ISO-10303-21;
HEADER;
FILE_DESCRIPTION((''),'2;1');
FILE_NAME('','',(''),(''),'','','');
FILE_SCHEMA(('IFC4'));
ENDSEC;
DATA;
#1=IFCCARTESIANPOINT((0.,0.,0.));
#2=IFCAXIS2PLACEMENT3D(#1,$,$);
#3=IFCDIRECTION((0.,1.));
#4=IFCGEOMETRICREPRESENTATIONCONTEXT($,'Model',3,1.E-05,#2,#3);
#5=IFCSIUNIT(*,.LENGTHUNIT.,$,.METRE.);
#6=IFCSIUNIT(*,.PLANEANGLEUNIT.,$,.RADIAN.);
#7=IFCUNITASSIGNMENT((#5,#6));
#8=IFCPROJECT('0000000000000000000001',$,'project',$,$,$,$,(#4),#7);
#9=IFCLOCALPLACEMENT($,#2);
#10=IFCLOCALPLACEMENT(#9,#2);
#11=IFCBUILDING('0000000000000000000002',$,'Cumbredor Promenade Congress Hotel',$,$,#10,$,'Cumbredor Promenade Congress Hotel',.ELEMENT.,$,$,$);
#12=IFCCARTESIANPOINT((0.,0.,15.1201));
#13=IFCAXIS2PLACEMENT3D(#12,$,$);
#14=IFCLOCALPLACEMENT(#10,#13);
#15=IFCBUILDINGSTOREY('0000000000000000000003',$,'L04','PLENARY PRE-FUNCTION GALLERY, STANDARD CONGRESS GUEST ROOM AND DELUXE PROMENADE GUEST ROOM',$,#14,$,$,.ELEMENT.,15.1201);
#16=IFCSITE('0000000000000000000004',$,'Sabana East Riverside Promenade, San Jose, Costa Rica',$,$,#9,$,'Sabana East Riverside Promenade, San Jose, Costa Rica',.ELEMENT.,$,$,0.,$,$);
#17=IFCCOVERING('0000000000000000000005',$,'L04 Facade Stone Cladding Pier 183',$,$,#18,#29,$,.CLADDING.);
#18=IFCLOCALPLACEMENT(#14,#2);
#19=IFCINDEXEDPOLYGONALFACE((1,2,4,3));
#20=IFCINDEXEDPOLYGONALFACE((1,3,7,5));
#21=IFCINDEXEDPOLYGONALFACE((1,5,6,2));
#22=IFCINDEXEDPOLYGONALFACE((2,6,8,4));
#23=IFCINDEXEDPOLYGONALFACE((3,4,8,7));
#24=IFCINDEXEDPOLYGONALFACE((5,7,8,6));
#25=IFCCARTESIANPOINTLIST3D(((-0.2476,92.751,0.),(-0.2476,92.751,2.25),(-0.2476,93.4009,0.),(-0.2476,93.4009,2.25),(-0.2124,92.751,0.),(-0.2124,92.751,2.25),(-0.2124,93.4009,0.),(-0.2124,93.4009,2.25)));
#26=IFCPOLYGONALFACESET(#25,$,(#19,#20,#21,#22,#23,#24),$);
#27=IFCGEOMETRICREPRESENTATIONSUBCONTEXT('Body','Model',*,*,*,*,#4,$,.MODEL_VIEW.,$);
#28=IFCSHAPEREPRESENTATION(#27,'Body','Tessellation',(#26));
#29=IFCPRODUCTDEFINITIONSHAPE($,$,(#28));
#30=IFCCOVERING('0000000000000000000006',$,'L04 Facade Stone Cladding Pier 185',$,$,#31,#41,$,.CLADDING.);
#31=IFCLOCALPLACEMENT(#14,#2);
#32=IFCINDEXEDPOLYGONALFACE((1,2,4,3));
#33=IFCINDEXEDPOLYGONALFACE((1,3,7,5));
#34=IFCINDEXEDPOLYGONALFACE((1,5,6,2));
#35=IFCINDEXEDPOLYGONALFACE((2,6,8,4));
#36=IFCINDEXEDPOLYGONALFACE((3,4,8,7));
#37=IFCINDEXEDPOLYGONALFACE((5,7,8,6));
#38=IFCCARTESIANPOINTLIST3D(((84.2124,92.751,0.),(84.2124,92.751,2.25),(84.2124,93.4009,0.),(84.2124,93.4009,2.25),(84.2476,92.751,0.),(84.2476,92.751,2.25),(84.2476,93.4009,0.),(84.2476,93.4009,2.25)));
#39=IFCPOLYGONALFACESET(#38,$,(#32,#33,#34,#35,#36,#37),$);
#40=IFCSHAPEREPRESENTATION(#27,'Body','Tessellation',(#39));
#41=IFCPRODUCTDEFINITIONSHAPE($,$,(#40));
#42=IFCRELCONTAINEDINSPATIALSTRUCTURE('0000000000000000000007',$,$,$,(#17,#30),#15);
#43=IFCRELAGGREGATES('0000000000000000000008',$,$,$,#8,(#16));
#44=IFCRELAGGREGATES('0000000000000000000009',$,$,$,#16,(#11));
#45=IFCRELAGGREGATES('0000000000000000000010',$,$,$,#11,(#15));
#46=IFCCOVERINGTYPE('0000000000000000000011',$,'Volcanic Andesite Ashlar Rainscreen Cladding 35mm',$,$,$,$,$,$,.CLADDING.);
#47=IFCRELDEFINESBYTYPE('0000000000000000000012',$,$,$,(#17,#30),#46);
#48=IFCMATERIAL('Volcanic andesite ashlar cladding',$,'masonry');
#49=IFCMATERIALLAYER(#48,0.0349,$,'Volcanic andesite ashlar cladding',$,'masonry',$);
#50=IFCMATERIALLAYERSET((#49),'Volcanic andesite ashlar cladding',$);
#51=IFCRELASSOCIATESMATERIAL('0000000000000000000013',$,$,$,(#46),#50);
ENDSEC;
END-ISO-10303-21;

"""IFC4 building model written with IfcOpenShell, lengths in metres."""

from ifc_helpers import new_model, si_unit, direction, frame, origin, place, context, subcontext, project, spatial, polyline, outline, extrude, material, layer, layer_set, type_object, element, save


model = new_model("IFC4")

# Units and contexts
model_context = context("Model", 3, precision=1e-05, world=origin(), true_north=direction((0.0, 1.0)))
body_context = subcontext(model_context, "Body", "Model", "MODEL_VIEW")
ifc_project = project(units=[si_unit("LENGTHUNIT", "METRE"), si_unit("PLANEANGLEUNIT", "RADIAN")], contexts=[model_context])

# Site, building, storey
site_placement = place(None, origin())
site = spatial("IfcSite", under=ifc_project, at=site_placement, Name="Sabana East Riverside Promenade, San Jose, Costa Rica", LongName="Sabana East Riverside Promenade, San Jose, Costa Rica", CompositionType="ELEMENT", RefElevation=0.0)
building_placement = place(site_placement, origin())
building = spatial("IfcBuilding", under=site, at=building_placement, Name="Cumbredor Promenade Congress Hotel", LongName="Cumbredor Promenade Congress Hotel", CompositionType="ELEMENT")
storey_placement = place(building_placement, frame((0.0, 0.0, 15.1201)))
storey = spatial("IfcBuildingStorey", under=building, at=storey_placement, Name="L04", Description="PLENARY PRE-FUNCTION GALLERY, STANDARD CONGRESS GUEST ROOM AND DELUXE PROMENADE GUEST ROOM", CompositionType="ELEMENT", Elevation=15.1201)

# Coverings
ifc_material_1 = material(Name="Volcanic andesite ashlar cladding", Category="masonry")
ifc_layer_1 = layer(ifc_material_1, 0.0349, Name="Volcanic andesite ashlar cladding", Category="masonry")
ifc_layer_set_1 = layer_set([ifc_layer_1], Name="Volcanic andesite ashlar cladding")
covering_type_1 = type_object("IfcCoveringType", Name="Volcanic Andesite Ashlar Rainscreen Cladding 35mm", PredefinedType="CLADDING", material=ifc_layer_set_1)
covering_1_placement = place(storey_placement, origin())
element("IfcCovering", 1, at=covering_1_placement, inside=storey, type_object=covering_type_1, Name="L04 Facade Stone Cladding Pier 183", PredefinedType="CLADDING", context=body_context, shape_type="SweptSolid", body=[
    extrude(outline(polyline([(-0.2124, 92.751), (-0.2124, 93.4009), (-0.2476, 93.4009), (-0.2476, 92.751), (-0.2124, 92.751)])), origin(), (0.0, 0.0, 1.0), 2.25),
])
covering_2_placement = place(storey_placement, origin())
element("IfcCovering", 2, at=covering_2_placement, inside=storey, type_object=covering_type_1, Name="L04 Facade Stone Cladding Pier 185", PredefinedType="CLADDING", context=body_context, shape_type="SweptSolid", body=[
    extrude(outline(polyline([(84.2124, 92.751), (84.2124, 93.4009), (84.2476, 93.4009), (84.2476, 92.751), (84.2124, 92.751)])), origin(), (0.0, 0.0, 1.0), 2.25),
])

save(model, "model.ifc")
